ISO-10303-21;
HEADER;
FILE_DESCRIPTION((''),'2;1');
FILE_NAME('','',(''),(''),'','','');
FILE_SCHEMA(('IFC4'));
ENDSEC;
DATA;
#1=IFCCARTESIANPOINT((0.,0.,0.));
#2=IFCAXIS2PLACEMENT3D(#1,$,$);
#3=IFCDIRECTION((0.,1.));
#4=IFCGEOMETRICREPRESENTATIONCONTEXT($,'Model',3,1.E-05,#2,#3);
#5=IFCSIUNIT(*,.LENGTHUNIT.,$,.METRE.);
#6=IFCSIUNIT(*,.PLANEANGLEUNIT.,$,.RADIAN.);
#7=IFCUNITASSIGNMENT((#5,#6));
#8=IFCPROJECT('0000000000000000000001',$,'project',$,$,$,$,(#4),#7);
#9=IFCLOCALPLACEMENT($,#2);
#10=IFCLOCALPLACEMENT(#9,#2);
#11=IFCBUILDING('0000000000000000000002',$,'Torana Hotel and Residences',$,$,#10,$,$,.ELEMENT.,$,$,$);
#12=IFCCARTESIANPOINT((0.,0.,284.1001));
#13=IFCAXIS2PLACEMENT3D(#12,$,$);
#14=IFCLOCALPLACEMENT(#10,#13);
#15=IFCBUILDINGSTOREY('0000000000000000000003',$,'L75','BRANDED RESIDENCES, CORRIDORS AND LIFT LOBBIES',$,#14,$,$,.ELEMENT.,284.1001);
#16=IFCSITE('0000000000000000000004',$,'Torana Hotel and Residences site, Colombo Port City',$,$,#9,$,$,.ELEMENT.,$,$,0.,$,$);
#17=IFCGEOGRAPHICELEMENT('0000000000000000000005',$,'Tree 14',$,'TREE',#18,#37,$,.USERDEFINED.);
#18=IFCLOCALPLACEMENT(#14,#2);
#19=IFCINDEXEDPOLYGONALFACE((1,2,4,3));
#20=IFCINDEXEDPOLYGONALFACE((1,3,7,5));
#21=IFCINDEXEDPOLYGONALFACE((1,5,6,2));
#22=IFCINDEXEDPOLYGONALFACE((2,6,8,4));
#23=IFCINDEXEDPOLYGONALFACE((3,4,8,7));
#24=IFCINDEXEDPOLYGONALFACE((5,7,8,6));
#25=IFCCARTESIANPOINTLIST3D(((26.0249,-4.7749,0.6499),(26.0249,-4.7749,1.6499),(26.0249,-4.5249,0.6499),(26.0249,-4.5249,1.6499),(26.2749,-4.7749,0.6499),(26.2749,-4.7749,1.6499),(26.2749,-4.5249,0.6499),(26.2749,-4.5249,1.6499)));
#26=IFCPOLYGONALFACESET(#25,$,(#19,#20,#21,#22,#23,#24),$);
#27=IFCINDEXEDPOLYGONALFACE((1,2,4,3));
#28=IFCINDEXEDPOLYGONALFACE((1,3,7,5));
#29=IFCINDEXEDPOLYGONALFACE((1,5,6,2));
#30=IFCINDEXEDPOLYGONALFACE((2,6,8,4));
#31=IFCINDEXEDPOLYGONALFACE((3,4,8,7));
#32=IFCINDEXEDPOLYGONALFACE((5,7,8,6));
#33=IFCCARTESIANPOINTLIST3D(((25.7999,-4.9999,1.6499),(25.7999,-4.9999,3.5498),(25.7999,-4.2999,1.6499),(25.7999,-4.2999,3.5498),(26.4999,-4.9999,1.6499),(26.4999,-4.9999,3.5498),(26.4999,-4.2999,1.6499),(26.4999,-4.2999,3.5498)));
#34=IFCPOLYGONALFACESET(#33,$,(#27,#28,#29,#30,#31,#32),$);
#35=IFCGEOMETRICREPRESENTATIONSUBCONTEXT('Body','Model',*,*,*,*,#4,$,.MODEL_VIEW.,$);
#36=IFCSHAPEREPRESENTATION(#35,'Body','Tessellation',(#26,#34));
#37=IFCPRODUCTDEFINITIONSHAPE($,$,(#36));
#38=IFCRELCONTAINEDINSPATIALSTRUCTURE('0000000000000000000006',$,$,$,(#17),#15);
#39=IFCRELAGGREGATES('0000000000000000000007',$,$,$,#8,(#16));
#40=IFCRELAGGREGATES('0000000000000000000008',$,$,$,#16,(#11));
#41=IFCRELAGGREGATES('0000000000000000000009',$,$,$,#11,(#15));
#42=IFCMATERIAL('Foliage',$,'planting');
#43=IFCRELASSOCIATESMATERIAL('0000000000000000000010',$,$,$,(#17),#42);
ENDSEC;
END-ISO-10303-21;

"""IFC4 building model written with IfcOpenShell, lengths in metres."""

from ifc_helpers import new_model, si_unit, direction, frame, origin, origin_2d, place, context, subcontext, project, spatial, rectangle, extrude, material, element, save


model = new_model("IFC4")

# Units and contexts
model_context = context("Model", 3, precision=1e-05, world=origin(), true_north=direction((0.0, 1.0)))
body_context = subcontext(model_context, "Body", "Model", "MODEL_VIEW")
ifc_project = project(units=[si_unit("LENGTHUNIT", "METRE"), si_unit("PLANEANGLEUNIT", "RADIAN")], contexts=[model_context])

# Site, building, storey
site_placement = place(None, origin())
site = spatial("IfcSite", under=ifc_project, at=site_placement, Name="Torana Hotel and Residences site, Colombo Port City", CompositionType="ELEMENT", RefElevation=0.0)
building_placement = place(site_placement, origin())
building = spatial("IfcBuilding", under=site, at=building_placement, Name="Torana Hotel and Residences", CompositionType="ELEMENT")
storey_placement = place(building_placement, frame((0.0, 0.0, 284.1001)))
storey = spatial("IfcBuildingStorey", under=building, at=storey_placement, Name="L75", Description="BRANDED RESIDENCES, CORRIDORS AND LIFT LOBBIES", CompositionType="ELEMENT", Elevation=284.1001)

# Geographic element
ifc_material_1 = material(Name="Foliage", Category="planting")
geographic_element_placement = place(storey_placement, frame((26.1499, -4.6499, 0.6499), z_axis=(0.0, 0.0, 1.0), x_axis=(1.0, 0.0, 0.0)))
element("IfcGeographicElement", 1, at=geographic_element_placement, inside=storey, material=ifc_material_1, Name="Tree 14", ObjectType="TREE", PredefinedType="USERDEFINED", context=body_context, shape_type="SweptSolid", body=[
    extrude(rectangle(XDim=0.25, YDim=0.25, at=origin_2d()), origin(), (0.0, 0.0, 1.0), 1.0),
    extrude(rectangle(XDim=0.7, YDim=0.7, at=origin_2d()), frame((0.0, 0.0, 1.0)), (0.0, 0.0, 1.0), 1.8999),
])

save(model, "model.ifc")
